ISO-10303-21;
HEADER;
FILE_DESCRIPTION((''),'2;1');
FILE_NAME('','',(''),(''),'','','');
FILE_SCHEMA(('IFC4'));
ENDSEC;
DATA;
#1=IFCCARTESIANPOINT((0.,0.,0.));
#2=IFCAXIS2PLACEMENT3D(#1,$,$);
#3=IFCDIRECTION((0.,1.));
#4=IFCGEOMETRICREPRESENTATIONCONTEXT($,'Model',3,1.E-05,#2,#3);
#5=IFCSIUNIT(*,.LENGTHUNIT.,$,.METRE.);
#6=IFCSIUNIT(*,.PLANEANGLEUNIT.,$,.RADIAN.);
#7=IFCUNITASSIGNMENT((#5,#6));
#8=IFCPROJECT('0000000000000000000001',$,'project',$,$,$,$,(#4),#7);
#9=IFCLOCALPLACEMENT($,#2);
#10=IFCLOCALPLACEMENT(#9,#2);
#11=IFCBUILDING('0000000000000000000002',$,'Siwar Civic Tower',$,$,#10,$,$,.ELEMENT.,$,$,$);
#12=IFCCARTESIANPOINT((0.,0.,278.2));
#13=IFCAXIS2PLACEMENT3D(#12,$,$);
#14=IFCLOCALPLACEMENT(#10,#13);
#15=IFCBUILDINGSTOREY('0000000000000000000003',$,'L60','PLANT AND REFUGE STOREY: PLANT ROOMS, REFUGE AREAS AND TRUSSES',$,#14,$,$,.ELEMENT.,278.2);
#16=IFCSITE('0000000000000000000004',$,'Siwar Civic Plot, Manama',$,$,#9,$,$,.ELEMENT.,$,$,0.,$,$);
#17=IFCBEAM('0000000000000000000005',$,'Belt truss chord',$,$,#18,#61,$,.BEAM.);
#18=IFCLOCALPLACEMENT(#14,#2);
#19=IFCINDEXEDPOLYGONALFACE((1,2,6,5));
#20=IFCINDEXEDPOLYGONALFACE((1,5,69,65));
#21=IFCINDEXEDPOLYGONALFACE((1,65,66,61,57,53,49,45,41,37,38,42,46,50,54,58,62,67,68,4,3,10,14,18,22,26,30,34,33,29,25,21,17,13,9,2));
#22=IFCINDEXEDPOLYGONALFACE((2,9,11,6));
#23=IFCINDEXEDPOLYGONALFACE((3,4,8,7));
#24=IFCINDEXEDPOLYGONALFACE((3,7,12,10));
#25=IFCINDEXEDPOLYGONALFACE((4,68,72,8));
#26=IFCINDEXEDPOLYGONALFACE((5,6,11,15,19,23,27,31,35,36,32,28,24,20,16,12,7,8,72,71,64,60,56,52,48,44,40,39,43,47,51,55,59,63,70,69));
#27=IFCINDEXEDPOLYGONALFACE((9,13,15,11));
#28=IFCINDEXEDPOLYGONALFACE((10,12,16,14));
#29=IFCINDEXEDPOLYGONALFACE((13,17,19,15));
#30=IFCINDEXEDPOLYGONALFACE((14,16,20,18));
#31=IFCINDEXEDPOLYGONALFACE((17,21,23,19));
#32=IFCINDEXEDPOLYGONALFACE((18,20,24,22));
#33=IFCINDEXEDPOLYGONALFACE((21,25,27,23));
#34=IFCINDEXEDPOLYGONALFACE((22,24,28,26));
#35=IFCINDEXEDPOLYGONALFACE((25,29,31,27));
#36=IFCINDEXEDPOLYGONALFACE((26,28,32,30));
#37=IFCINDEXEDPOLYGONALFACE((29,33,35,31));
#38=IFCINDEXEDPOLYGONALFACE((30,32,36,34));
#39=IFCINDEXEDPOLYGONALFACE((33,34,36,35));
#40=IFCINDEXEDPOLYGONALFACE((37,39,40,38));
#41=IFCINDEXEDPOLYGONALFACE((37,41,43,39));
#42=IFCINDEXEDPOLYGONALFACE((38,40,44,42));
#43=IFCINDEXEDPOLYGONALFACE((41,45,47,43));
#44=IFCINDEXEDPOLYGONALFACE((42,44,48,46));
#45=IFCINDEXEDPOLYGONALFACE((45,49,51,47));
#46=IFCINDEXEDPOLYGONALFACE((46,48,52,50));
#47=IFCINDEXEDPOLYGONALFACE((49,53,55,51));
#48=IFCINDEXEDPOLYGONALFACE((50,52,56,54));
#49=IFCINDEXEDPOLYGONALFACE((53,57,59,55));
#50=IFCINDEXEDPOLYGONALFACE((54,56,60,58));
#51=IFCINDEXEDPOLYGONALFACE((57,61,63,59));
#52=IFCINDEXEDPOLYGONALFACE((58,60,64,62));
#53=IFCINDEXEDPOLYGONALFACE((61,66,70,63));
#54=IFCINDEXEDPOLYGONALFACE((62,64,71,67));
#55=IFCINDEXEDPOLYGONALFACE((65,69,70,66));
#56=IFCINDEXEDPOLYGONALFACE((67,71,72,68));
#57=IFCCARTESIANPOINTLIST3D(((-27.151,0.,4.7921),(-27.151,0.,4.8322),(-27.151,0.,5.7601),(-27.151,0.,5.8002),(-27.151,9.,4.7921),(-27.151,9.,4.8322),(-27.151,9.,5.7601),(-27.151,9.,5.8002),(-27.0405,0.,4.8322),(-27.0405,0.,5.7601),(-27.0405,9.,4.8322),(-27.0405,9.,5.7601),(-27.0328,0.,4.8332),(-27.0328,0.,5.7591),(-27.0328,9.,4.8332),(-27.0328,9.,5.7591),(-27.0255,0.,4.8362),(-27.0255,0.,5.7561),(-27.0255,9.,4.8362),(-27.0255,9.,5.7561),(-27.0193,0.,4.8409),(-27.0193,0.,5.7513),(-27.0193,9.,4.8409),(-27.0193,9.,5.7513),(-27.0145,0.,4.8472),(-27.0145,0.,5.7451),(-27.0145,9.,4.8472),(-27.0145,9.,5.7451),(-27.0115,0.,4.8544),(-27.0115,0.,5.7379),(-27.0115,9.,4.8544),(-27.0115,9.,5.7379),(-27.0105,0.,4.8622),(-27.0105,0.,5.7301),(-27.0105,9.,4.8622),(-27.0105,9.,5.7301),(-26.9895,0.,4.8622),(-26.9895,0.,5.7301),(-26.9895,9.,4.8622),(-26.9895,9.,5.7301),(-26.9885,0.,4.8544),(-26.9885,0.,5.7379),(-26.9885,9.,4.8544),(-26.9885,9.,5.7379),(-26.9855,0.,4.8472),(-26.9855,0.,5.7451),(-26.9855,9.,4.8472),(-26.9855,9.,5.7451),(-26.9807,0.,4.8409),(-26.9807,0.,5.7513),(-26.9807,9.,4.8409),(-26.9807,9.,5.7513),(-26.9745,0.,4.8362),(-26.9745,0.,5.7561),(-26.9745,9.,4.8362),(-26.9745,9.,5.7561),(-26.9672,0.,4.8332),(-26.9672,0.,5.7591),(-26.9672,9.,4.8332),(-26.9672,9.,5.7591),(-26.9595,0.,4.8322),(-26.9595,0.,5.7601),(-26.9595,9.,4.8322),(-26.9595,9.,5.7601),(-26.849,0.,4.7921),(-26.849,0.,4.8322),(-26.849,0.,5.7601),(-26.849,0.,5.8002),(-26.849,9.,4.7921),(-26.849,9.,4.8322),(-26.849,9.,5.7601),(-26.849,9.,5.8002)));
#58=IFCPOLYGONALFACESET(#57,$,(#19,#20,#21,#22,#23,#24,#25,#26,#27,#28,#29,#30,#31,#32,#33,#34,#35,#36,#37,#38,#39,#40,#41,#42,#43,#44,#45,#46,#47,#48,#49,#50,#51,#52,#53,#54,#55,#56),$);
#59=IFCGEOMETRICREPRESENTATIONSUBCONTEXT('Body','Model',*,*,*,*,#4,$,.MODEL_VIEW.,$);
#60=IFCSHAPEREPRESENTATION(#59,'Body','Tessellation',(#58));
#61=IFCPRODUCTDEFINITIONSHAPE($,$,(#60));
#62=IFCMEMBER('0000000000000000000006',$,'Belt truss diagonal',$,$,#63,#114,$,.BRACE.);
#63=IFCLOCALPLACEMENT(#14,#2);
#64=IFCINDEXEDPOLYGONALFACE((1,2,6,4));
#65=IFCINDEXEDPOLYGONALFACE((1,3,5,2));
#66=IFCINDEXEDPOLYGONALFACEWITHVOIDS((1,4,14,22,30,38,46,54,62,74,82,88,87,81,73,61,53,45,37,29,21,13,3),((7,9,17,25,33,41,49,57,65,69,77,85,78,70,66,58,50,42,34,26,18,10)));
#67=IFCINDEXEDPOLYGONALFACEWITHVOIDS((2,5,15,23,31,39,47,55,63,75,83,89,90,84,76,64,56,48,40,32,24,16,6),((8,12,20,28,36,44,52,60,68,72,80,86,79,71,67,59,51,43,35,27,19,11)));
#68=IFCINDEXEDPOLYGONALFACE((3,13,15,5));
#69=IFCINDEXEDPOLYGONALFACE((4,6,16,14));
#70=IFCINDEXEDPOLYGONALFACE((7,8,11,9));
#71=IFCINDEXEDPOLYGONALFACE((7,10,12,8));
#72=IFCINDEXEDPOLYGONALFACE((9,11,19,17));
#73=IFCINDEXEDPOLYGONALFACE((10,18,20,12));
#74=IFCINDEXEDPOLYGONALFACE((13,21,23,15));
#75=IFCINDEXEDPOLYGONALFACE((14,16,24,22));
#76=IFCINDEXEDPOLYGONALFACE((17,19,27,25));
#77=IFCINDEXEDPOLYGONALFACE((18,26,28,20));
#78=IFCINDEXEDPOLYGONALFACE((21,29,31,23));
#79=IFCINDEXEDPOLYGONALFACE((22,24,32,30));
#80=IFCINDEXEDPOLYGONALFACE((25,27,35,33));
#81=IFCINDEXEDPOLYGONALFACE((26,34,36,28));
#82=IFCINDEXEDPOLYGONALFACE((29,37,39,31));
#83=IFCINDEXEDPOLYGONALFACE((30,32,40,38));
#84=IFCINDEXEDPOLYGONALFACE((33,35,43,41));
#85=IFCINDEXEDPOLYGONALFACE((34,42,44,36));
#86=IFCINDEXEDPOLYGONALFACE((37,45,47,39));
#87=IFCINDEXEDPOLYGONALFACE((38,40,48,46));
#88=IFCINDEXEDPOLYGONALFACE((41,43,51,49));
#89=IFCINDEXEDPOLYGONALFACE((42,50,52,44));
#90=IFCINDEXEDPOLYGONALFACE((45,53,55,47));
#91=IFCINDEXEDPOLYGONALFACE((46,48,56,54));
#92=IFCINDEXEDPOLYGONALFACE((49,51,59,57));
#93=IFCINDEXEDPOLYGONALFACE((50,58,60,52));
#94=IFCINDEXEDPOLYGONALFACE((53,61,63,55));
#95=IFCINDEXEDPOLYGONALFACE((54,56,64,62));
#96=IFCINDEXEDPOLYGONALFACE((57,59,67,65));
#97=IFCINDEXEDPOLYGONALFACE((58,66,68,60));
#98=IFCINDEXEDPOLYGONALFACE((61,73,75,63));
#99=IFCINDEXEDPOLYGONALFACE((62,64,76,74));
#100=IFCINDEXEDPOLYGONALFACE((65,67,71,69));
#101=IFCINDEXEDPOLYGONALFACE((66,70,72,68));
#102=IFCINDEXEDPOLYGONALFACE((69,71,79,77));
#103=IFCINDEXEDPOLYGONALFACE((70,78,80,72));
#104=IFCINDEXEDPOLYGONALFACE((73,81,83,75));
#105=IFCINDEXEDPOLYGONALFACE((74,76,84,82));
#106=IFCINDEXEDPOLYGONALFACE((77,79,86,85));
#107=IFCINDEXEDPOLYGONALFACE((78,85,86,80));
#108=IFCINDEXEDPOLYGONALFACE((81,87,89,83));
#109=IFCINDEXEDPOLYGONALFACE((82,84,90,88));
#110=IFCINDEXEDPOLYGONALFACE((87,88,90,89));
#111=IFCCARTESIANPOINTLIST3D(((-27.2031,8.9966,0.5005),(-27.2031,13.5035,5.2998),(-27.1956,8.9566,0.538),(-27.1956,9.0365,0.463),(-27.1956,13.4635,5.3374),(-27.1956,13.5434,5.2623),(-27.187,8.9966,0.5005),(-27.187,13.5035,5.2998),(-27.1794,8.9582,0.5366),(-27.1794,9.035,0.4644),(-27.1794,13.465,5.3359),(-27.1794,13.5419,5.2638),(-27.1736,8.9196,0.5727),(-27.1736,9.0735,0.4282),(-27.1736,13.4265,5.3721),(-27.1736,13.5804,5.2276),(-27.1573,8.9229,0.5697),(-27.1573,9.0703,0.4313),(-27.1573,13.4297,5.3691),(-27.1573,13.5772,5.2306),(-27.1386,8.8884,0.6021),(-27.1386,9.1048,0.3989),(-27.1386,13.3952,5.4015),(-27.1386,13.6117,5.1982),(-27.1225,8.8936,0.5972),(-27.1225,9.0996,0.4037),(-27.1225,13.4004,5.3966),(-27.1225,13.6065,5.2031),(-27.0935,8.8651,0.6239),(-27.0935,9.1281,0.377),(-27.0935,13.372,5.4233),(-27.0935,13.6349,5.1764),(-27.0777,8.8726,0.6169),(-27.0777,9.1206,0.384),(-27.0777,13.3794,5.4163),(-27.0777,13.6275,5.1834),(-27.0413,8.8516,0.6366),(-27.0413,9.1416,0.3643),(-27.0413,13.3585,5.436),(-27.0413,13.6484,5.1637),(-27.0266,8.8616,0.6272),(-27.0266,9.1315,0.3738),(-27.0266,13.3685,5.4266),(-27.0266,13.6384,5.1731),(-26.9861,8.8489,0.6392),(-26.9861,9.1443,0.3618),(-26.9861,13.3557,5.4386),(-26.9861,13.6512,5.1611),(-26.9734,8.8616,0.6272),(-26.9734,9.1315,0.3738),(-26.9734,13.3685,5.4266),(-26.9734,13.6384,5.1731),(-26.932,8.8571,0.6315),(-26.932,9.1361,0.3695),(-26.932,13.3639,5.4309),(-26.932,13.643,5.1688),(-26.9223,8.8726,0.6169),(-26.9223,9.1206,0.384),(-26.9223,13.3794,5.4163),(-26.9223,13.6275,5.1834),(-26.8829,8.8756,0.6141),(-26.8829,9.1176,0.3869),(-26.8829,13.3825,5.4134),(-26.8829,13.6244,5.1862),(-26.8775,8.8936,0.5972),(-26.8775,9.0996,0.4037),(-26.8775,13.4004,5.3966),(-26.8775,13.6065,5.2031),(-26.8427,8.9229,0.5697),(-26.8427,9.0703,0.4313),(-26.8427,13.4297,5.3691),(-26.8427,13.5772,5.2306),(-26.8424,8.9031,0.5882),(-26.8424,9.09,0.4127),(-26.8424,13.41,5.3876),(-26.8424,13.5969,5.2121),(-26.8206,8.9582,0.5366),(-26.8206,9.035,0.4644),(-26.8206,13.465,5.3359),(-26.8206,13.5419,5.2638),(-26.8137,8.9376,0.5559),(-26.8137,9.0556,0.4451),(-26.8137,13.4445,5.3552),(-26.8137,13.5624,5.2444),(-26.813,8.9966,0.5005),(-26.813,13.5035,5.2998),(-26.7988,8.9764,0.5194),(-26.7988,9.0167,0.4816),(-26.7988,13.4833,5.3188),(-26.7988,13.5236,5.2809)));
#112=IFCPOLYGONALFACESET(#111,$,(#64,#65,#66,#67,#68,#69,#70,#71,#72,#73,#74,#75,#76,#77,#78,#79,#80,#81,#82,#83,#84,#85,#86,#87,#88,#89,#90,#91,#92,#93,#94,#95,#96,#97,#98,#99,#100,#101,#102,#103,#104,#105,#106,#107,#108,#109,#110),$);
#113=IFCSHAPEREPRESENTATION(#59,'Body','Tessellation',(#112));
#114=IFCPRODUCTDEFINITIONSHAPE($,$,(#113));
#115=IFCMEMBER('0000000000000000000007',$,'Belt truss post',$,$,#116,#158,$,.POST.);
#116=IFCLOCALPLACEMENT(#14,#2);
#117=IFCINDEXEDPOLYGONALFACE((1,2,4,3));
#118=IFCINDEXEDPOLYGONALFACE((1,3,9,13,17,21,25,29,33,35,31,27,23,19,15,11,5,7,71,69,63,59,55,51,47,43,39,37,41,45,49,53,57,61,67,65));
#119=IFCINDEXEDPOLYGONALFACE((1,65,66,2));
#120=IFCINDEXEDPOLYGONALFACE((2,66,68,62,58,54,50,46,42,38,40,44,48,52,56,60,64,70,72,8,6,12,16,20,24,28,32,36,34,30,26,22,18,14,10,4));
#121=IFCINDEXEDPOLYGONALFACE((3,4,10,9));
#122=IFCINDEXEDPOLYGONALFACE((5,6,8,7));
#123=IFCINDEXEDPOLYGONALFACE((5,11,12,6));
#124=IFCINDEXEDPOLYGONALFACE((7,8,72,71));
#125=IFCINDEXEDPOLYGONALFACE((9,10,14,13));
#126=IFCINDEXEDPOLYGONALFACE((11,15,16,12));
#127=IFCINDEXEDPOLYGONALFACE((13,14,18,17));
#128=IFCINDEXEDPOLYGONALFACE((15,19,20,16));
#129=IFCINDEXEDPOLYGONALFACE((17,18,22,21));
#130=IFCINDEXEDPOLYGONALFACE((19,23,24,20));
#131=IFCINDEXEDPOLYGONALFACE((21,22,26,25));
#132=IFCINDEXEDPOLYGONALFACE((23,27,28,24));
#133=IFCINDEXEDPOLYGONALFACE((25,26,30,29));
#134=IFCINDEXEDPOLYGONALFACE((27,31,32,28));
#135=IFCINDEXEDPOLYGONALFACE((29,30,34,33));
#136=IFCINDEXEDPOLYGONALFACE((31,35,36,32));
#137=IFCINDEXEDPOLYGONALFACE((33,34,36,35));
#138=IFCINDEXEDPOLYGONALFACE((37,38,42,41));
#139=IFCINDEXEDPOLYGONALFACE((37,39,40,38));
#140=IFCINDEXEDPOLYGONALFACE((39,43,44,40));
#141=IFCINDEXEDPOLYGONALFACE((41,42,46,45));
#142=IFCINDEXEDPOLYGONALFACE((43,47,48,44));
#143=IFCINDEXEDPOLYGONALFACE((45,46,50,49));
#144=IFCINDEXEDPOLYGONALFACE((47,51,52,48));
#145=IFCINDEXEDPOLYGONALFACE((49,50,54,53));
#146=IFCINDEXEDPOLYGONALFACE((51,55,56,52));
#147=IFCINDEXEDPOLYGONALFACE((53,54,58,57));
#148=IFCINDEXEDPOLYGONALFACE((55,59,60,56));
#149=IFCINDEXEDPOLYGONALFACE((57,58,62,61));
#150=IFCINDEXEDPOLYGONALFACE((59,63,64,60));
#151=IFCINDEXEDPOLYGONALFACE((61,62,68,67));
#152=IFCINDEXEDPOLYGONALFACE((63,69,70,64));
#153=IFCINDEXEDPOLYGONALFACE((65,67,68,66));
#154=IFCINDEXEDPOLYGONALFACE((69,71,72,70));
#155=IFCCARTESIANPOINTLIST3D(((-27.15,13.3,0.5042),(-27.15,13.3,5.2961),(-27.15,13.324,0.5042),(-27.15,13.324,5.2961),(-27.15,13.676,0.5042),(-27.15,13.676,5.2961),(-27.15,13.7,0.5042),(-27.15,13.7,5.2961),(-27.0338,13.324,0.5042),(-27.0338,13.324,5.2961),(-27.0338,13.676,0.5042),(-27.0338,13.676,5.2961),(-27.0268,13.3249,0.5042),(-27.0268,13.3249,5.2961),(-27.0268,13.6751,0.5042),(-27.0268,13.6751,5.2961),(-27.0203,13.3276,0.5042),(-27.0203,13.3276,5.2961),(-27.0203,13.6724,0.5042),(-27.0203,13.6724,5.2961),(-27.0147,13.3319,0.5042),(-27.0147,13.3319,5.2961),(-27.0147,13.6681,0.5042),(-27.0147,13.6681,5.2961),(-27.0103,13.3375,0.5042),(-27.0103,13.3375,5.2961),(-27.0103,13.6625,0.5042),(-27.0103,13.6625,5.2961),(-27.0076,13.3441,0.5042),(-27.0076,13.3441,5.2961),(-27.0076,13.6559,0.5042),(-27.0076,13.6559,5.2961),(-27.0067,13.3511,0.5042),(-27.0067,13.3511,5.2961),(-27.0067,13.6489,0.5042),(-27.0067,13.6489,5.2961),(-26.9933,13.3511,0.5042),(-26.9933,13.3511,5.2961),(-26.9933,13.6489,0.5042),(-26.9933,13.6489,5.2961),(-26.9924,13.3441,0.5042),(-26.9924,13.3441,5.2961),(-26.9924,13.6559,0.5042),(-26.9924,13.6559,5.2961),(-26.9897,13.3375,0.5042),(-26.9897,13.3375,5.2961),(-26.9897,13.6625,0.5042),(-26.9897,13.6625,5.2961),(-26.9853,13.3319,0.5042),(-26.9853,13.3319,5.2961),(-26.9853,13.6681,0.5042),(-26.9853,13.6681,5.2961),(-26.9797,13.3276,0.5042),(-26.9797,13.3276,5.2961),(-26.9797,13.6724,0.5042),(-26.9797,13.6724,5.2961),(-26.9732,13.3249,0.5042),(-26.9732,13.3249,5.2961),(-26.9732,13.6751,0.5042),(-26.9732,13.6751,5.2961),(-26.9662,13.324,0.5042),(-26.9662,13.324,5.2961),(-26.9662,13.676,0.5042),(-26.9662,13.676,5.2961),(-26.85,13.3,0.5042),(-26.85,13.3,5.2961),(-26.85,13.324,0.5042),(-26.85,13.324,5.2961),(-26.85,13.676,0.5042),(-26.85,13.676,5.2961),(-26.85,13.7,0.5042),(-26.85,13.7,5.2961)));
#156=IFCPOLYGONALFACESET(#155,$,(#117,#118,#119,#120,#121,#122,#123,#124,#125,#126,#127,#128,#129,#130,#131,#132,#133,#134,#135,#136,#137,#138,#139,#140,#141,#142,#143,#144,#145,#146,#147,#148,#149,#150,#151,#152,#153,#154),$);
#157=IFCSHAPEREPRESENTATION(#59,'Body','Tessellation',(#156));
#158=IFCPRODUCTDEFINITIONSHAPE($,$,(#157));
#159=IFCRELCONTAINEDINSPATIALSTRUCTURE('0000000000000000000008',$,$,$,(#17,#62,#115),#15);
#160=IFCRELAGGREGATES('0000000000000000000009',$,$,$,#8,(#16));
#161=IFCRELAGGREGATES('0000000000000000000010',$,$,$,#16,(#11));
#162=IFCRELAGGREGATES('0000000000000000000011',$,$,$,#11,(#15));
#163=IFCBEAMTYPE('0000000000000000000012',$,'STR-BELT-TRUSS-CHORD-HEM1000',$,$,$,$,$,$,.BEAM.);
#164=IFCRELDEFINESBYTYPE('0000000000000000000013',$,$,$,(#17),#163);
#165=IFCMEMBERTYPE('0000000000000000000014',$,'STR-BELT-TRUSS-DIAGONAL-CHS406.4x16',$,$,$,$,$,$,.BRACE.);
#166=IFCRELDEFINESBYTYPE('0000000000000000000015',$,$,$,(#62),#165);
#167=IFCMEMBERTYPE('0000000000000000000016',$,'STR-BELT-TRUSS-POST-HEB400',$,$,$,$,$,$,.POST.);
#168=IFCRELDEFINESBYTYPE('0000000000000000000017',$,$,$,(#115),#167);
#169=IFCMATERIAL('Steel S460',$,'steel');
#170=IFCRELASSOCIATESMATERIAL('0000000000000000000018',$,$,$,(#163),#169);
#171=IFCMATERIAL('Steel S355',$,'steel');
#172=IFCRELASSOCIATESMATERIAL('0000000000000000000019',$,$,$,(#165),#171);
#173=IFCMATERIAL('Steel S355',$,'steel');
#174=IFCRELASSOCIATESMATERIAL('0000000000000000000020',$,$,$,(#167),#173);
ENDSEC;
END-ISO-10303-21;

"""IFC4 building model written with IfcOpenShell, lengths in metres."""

from ifc_helpers import new_model, si_unit, direction, frame, origin, origin_2d, place, context, subcontext, project, spatial, hollow_circle, i_section, extrude, material, material_profile, profile_set, type_object, element, save


model = new_model("IFC4")

# Units and contexts
model_context = context("Model", 3, precision=1e-05, world=origin(), true_north=direction((0.0, 1.0)))
body_context = subcontext(model_context, "Body", "Model", "MODEL_VIEW")
ifc_project = project(units=[si_unit("LENGTHUNIT", "METRE"), si_unit("PLANEANGLEUNIT", "RADIAN")], contexts=[model_context])

# Site, building, storey
site_placement = place(None, origin())
site = spatial("IfcSite", under=ifc_project, at=site_placement, Name="Siwar Civic Plot, Manama", CompositionType="ELEMENT", RefElevation=0.0)
building_placement = place(site_placement, origin())
building = spatial("IfcBuilding", under=site, at=building_placement, Name="Siwar Civic Tower", CompositionType="ELEMENT")
storey_placement = place(building_placement, frame((0.0, 0.0, 278.2)))
storey = spatial("IfcBuildingStorey", under=building, at=storey_placement, Name="L60", Description="PLANT AND REFUGE STOREY: PLANT ROOMS, REFUGE AREAS AND TRUSSES", CompositionType="ELEMENT", Elevation=278.2)

# Beam
ifc_material_1 = material(Name="Steel S460", Category="steel")
ifc_material_profile_1 = material_profile(ifc_material_1, i_section(OverallWidth=0.302, OverallDepth=1.0081, WebThickness=0.021, FlangeThickness=0.04, FilletRadius=0.03, at=origin_2d()), Name="HEM1000")
ifc_profile_set_1 = profile_set([ifc_material_profile_1], Name="Steel S460")
beam_type_1 = type_object("IfcBeamType", Name="STR-BELT-TRUSS-CHORD-HEM1000", PredefinedType="BEAM", material=ifc_profile_set_1)
for number, where, z_axis, x_axis, name in (
    (1, (-27.0, 9.0, 5.2961), (0.0, -1.0, 0.0), (1.0, 0.0, 0.0), "Belt truss chord"),
):
    element("IfcBeam", number, at=place(storey_placement, frame(where, z_axis=z_axis, x_axis=x_axis)), inside=storey, type_object=beam_type_1, Name=name, PredefinedType="BEAM", context=body_context, shape_type="SweptSolid", body=[
        extrude(i_section(OverallWidth=0.302, OverallDepth=1.0081, WebThickness=0.021, FlangeThickness=0.04, FilletRadius=0.03, at=origin_2d()), origin(), (0.0, 0.0, 1.0), 9.0),
    ])

# Members
ifc_material_2 = material(Name="Steel S355", Category="steel")
ifc_material_profile_2 = material_profile(ifc_material_2, hollow_circle(Radius=0.2031, WallThickness=0.0161, at=origin_2d()), Name="CHS406.4x16")
ifc_profile_set_2 = profile_set([ifc_material_profile_2], Name="Steel S355")
member_type_1 = type_object("IfcMemberType", Name="STR-BELT-TRUSS-DIAGONAL-CHS406.4x16", PredefinedType="BRACE", material=ifc_profile_set_2)
member_1_placement = place(storey_placement, frame((-27.0, 8.9966, 0.5005), z_axis=(0.0, 0.684545, 0.72897), x_axis=(-1.0, 0.0, 0.0)))
element("IfcMember", 2, at=member_1_placement, inside=storey, type_object=member_type_1, Name="Belt truss diagonal", PredefinedType="BRACE", context=body_context, shape_type="SweptSolid", body=[
    extrude(hollow_circle(Radius=0.2031, WallThickness=0.0161, at=origin_2d()), origin(), (0.0, 0.0, 1.0), 6.5837),
])
ifc_material_3 = material(Name="Steel S355", Category="steel")
ifc_material_profile_3 = material_profile(ifc_material_3, i_section(OverallWidth=0.3, OverallDepth=0.3999, WebThickness=0.0134, FlangeThickness=0.0239, FilletRadius=0.0271, at=origin_2d()), Name="HEB400")
ifc_profile_set_3 = profile_set([ifc_material_profile_3], Name="Steel S355")
member_type_2 = type_object("IfcMemberType", Name="STR-BELT-TRUSS-POST-HEB400", PredefinedType="POST", material=ifc_profile_set_3)
member_2_placement = place(storey_placement, frame((-27.0, 13.5, 0.5042), z_axis=(0.0, 0.0, 1.0), x_axis=(1.0, 0.0, 0.0)))
element("IfcMember", 3, at=member_2_placement, inside=storey, type_object=member_type_2, Name="Belt truss post", PredefinedType="POST", context=body_context, shape_type="SweptSolid", body=[
    extrude(i_section(OverallWidth=0.3, OverallDepth=0.3999, WebThickness=0.0134, FlangeThickness=0.0239, FilletRadius=0.0271, at=origin_2d()), origin(), (0.0, 0.0, 1.0), 4.792),
])

save(model, "model.ifc")
